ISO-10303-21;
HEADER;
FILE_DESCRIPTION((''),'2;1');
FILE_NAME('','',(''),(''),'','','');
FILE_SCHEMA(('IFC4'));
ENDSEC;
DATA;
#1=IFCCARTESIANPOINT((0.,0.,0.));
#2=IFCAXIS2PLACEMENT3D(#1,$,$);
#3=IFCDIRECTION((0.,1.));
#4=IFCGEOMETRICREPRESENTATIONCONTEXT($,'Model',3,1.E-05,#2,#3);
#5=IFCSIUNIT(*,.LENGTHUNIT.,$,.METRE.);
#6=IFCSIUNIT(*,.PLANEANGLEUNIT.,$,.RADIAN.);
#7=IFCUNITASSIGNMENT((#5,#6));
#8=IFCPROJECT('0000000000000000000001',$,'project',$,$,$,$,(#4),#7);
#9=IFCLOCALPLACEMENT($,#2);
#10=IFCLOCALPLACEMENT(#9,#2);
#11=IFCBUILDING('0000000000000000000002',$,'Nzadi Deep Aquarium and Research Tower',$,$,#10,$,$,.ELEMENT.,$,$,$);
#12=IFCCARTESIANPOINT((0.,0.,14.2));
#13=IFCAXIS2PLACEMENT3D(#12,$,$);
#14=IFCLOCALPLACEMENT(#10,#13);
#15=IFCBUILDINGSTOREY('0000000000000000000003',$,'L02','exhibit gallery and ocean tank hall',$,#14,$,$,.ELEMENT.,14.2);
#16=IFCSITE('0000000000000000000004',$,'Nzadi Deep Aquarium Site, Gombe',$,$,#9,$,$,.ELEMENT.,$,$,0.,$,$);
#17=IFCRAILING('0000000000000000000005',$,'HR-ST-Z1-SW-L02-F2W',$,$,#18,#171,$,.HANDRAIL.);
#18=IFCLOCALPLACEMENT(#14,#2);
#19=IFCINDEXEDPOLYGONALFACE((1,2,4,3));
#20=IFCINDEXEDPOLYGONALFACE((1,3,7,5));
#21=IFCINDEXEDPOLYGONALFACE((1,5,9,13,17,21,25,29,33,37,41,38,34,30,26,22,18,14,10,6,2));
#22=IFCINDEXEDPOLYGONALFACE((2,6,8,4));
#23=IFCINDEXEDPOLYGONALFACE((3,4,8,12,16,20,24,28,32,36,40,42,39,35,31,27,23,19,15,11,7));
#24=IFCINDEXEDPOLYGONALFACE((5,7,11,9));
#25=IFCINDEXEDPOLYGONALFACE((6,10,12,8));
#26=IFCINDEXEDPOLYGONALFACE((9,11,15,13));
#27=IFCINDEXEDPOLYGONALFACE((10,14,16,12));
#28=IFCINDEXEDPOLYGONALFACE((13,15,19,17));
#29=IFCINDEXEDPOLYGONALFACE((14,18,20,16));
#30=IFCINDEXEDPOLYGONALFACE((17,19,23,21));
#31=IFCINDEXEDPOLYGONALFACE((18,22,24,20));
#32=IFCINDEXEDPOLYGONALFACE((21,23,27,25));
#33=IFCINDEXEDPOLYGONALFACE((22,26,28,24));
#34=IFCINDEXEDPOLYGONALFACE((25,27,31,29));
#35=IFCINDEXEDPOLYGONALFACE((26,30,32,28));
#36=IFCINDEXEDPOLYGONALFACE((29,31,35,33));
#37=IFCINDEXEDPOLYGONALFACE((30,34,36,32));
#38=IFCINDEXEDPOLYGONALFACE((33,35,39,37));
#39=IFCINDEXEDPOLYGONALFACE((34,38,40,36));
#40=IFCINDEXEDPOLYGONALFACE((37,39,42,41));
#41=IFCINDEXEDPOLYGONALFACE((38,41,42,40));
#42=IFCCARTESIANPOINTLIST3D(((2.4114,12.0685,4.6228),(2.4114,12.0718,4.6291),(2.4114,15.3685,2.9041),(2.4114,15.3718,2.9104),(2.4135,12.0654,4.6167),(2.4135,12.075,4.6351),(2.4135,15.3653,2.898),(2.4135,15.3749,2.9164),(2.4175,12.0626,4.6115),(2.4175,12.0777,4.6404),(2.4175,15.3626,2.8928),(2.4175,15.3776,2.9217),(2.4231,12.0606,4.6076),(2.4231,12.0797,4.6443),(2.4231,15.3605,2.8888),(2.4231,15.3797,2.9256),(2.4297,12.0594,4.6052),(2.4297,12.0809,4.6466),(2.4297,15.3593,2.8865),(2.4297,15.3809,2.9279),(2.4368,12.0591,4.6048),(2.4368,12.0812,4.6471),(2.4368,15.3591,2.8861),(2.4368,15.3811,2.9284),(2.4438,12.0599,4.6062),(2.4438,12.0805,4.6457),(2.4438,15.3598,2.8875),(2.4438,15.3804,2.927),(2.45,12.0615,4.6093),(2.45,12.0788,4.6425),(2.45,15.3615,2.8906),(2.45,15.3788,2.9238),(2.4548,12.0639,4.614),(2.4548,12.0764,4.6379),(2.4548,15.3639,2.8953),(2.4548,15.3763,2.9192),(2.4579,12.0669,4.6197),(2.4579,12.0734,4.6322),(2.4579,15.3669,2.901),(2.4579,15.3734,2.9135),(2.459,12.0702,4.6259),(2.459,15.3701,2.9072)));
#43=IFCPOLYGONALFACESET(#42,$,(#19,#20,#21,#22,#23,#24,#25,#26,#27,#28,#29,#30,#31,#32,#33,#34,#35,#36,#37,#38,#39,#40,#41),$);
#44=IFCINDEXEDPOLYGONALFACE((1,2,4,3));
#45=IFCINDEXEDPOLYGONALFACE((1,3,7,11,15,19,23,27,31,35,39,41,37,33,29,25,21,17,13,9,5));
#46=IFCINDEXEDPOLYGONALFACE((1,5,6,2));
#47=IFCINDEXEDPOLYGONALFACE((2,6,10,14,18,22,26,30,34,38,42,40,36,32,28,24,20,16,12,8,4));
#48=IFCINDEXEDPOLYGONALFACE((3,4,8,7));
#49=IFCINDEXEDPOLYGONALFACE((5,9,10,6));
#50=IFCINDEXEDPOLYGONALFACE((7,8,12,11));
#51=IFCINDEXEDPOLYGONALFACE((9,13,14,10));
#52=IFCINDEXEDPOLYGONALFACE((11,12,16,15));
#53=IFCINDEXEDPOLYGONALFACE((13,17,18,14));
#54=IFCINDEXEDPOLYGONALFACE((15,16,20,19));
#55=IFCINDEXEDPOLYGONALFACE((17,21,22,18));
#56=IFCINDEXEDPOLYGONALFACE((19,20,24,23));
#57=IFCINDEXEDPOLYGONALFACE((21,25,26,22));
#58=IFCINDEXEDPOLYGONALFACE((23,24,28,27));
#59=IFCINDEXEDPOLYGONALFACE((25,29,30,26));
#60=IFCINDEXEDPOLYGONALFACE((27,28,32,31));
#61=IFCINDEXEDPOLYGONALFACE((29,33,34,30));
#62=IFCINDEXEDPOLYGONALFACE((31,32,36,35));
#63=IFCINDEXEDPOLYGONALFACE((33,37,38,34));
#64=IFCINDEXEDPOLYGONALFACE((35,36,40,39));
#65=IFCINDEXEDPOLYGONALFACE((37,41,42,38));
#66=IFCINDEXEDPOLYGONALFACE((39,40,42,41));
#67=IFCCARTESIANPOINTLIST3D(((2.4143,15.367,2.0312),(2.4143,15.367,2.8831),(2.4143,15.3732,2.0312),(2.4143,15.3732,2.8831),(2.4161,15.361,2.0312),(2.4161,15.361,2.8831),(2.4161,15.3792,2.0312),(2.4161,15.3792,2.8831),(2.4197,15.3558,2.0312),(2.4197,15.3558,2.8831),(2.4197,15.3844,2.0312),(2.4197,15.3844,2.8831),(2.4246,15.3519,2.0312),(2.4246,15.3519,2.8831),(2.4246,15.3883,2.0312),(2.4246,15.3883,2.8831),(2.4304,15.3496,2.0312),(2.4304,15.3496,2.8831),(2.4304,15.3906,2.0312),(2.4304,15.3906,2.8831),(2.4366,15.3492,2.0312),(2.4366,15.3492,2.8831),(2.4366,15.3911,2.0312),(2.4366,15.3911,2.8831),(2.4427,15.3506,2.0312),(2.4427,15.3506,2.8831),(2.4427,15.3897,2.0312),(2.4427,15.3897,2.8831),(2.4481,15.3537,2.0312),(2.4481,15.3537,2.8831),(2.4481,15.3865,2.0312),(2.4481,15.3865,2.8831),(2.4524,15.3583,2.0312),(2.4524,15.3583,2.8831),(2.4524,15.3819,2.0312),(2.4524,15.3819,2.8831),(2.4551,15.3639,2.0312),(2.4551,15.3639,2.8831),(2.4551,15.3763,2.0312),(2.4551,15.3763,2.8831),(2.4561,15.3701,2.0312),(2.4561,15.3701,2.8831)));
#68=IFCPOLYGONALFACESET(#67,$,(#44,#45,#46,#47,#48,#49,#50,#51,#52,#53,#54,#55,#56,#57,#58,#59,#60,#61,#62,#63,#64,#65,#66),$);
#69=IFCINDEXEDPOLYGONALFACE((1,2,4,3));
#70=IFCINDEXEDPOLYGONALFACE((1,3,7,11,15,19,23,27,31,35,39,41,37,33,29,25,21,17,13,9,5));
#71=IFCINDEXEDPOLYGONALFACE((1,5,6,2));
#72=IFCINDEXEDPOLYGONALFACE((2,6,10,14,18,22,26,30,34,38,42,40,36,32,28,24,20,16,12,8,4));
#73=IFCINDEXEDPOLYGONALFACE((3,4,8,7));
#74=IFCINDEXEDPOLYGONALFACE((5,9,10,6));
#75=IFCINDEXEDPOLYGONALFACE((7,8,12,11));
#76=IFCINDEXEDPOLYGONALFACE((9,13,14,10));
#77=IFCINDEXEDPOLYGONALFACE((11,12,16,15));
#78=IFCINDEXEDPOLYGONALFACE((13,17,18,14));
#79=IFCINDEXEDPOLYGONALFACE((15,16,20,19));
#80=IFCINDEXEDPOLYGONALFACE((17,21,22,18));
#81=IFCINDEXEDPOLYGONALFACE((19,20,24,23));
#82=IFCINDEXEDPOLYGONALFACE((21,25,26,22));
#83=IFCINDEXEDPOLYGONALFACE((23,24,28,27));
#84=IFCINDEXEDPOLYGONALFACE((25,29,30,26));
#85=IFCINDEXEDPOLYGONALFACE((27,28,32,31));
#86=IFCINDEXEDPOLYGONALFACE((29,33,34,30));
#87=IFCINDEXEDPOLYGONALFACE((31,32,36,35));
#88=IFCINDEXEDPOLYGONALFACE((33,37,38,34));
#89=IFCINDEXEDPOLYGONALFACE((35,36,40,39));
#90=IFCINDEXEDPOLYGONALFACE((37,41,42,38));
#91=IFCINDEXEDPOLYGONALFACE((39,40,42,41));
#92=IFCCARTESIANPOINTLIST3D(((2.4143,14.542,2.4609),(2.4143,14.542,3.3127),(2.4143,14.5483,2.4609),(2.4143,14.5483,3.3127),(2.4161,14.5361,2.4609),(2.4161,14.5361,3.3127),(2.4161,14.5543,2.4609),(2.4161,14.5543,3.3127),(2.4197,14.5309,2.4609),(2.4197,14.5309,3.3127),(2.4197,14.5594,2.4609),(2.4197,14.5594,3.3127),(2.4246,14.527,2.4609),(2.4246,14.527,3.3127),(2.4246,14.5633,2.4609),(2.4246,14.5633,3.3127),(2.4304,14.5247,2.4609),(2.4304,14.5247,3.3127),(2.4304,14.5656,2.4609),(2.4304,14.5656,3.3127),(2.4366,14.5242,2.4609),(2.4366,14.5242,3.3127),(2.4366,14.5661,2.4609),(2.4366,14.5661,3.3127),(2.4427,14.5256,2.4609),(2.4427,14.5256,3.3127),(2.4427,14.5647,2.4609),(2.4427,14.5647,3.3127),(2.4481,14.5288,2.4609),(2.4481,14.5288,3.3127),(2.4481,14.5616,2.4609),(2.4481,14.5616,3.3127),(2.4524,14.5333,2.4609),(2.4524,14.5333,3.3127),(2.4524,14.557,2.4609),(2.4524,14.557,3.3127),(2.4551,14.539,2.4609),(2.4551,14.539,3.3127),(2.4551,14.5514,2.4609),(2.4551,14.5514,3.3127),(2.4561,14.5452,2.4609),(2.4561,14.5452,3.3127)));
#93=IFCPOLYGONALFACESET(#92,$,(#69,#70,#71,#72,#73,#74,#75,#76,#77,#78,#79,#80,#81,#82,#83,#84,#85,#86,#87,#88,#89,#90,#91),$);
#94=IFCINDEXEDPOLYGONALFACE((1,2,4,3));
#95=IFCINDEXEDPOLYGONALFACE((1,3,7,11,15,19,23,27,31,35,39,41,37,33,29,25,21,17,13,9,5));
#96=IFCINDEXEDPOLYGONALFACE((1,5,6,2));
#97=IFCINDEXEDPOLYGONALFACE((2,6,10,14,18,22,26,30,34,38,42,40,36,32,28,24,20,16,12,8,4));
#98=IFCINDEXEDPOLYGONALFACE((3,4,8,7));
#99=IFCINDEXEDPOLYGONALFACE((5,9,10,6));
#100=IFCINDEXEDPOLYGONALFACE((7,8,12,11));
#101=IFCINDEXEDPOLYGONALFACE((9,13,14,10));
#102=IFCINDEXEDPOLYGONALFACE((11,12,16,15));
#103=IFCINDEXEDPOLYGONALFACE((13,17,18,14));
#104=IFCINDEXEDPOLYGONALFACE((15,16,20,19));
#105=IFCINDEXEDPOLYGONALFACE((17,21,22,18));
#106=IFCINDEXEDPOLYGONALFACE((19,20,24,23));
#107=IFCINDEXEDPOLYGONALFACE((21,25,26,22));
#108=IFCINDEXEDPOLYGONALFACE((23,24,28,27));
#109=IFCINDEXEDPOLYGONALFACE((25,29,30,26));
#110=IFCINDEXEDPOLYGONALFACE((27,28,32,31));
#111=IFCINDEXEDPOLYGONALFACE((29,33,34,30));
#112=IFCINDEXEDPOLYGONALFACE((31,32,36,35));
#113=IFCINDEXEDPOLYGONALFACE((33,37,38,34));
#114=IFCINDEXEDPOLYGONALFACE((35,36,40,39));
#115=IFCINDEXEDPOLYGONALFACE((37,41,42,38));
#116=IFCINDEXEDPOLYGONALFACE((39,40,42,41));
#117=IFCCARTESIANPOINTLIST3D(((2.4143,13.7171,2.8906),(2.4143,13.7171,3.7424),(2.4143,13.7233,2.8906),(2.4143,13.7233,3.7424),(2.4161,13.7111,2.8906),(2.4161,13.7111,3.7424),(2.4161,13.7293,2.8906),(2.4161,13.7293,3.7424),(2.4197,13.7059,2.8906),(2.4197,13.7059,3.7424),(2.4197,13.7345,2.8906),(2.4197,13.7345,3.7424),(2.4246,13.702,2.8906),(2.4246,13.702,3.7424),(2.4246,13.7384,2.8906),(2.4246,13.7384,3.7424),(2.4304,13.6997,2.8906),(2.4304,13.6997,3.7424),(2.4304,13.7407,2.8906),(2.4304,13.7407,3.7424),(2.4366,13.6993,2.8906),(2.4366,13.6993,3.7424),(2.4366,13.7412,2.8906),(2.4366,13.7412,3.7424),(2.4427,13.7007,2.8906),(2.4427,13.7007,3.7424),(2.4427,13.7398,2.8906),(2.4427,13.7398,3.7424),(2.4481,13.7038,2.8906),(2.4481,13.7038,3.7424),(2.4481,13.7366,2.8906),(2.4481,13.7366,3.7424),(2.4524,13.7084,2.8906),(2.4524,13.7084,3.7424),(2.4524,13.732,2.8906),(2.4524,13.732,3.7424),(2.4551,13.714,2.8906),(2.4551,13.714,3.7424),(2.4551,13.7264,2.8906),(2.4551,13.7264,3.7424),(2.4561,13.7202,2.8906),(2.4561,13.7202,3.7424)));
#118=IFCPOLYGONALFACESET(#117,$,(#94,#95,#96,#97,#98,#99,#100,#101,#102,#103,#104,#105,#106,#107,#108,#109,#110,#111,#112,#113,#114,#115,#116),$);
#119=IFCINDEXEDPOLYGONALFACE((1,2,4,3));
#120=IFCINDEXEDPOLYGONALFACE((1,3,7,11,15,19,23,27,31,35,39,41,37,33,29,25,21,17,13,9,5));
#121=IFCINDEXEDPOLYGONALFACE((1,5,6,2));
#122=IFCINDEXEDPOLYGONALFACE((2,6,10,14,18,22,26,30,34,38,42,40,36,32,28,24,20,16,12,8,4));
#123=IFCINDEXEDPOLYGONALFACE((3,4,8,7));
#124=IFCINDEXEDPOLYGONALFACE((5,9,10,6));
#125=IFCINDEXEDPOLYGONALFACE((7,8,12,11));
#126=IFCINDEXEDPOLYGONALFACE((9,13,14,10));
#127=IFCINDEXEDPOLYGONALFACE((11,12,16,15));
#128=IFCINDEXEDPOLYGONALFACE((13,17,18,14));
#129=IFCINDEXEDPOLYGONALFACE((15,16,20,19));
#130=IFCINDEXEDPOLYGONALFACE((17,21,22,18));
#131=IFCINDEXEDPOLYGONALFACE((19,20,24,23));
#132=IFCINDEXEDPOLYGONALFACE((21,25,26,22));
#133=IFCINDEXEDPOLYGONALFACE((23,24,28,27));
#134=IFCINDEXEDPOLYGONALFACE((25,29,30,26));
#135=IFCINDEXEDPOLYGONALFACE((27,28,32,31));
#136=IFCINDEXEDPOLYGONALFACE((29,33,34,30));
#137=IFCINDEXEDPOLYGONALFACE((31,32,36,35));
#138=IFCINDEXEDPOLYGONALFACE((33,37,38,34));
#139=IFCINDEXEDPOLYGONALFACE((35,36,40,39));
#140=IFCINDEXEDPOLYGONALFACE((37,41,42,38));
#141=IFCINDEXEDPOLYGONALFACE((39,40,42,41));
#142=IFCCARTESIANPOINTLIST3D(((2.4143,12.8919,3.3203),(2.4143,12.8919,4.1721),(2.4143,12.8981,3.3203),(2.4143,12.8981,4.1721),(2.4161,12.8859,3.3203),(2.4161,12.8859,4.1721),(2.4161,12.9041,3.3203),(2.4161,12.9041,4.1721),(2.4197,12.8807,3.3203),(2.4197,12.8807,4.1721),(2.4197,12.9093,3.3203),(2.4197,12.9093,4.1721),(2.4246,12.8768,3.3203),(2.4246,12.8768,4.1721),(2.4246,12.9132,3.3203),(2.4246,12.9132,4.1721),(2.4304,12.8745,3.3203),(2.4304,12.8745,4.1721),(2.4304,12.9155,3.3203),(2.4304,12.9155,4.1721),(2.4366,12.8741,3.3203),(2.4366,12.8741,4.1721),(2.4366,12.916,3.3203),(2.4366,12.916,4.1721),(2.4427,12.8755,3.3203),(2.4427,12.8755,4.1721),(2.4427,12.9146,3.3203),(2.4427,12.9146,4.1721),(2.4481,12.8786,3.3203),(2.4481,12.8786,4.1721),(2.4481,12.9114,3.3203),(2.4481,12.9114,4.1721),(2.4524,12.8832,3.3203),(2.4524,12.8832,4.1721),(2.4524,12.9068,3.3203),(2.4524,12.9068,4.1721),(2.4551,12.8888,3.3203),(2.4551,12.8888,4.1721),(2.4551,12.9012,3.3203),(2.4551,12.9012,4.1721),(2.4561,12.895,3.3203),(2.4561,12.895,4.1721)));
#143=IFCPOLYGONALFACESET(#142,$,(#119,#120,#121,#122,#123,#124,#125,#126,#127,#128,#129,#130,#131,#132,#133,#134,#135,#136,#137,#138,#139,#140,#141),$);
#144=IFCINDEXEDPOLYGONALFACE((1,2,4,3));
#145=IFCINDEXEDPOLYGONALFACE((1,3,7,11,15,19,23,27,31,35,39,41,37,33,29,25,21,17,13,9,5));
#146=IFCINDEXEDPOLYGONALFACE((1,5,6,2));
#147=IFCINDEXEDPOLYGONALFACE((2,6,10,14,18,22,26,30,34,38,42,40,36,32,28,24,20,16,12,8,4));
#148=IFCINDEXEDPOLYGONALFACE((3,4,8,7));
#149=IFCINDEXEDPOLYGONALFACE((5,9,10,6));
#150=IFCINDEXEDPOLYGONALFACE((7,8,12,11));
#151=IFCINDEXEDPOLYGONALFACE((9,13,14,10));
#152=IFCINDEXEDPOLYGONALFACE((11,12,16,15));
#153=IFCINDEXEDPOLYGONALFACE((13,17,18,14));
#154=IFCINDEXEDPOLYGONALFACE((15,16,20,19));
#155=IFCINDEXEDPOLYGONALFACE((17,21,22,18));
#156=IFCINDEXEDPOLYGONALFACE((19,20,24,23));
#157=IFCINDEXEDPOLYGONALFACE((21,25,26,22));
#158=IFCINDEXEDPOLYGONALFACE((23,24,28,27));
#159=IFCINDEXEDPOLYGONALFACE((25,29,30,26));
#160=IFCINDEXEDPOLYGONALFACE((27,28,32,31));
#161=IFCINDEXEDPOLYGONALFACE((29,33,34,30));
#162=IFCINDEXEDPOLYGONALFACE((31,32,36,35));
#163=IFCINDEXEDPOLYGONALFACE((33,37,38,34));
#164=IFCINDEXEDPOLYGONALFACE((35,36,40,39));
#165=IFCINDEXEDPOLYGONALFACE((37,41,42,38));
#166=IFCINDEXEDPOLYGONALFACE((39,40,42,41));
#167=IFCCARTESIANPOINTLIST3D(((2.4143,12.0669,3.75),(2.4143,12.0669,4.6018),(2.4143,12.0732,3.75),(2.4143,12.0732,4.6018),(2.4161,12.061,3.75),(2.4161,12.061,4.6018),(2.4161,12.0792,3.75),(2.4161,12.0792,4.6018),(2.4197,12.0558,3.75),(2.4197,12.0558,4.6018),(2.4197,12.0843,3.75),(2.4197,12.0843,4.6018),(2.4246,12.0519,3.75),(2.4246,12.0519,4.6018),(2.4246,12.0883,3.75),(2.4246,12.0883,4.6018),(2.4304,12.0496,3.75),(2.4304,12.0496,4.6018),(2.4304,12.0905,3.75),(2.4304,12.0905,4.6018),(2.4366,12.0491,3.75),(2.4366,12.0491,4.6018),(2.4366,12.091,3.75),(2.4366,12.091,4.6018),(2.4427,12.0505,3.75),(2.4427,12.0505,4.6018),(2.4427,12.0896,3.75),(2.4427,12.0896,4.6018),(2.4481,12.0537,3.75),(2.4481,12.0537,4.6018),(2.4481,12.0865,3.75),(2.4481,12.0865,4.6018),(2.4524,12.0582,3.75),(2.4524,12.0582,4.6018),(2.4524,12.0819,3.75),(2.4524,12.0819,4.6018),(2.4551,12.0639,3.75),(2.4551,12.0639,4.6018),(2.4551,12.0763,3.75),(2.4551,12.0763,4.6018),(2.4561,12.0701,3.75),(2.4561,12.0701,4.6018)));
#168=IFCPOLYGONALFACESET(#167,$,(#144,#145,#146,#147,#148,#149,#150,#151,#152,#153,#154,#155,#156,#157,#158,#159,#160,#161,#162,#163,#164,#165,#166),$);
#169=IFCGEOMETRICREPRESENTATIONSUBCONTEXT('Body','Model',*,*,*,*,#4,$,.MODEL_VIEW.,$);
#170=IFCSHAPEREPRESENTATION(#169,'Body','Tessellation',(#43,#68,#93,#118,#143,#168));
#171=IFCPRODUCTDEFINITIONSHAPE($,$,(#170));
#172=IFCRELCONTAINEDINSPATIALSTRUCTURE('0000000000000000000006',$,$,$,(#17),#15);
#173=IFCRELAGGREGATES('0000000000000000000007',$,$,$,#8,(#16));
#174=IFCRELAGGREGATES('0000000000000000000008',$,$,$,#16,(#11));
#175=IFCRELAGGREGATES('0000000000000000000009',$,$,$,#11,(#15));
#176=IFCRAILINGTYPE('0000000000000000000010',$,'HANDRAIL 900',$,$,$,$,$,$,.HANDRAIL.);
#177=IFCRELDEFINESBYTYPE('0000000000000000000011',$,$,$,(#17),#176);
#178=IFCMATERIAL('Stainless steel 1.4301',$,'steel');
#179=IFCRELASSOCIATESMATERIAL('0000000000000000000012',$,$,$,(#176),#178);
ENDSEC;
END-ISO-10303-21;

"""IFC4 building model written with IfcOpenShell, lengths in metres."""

from ifc_helpers import new_model, si_unit, direction, frame, origin, origin_2d, place, context, subcontext, project, spatial, circle, extrude, material, type_object, element, save


model = new_model("IFC4")

# Units and contexts
model_context = context("Model", 3, precision=1e-05, world=origin(), true_north=direction((0.0, 1.0)))
body_context = subcontext(model_context, "Body", "Model", "MODEL_VIEW")
ifc_project = project(units=[si_unit("LENGTHUNIT", "METRE"), si_unit("PLANEANGLEUNIT", "RADIAN")], contexts=[model_context])

# Site, building, storey
site_placement = place(None, origin())
site = spatial("IfcSite", under=ifc_project, at=site_placement, Name="Nzadi Deep Aquarium Site, Gombe", CompositionType="ELEMENT", RefElevation=0.0)
building_placement = place(site_placement, origin())
building = spatial("IfcBuilding", under=site, at=building_placement, Name="Nzadi Deep Aquarium and Research Tower", CompositionType="ELEMENT")
storey_placement = place(building_placement, frame((0.0, 0.0, 14.2)))
storey = spatial("IfcBuildingStorey", under=building, at=storey_placement, Name="L02", Description="exhibit gallery and ocean tank hall", CompositionType="ELEMENT", Elevation=14.2)

# Railing
ifc_material_1 = material(Name="Stainless steel 1.4301", Category="steel")
railing_type = type_object("IfcRailingType", Name="HANDRAIL 900", PredefinedType="HANDRAIL", material=ifc_material_1)
railing_placement = place(storey_placement, frame((2.4351, 15.3701, 2.0312)))
element("IfcRailing", 1, at=railing_placement, inside=storey, type_object=railing_type, Name="HR-ST-Z1-SW-L02-F2W", PredefinedType="HANDRAIL", context=body_context, shape_type="SweptSolid", body=[
    extrude(circle(Radius=0.0239, at=origin_2d()), frame((0.0, 0.0, 0.876), z_axis=(0.0, -0.886917, 0.461929), x_axis=(1.0, 0.0, 0.0)), (0.0, 0.0, 1.0), 3.7207),
    extrude(circle(Radius=0.021, at=origin_2d()), origin(), (0.0, 0.0, 1.0), 0.8518),
    extrude(circle(Radius=0.021, at=origin_2d()), frame((0.0, -0.825, 0.4297)), (0.0, 0.0, 1.0), 0.8518),
    extrude(circle(Radius=0.021, at=origin_2d()), frame((0.0, -1.6499, 0.8594)), (0.0, 0.0, 1.0), 0.8518),
    extrude(circle(Radius=0.021, at=origin_2d()), frame((0.0, -2.4751, 1.2891)), (0.0, 0.0, 1.0), 0.8518),
    extrude(circle(Radius=0.021, at=origin_2d()), frame((0.0, -3.3, 1.7188)), (0.0, 0.0, 1.0), 0.8518),
])

save(model, "model.ifc")
